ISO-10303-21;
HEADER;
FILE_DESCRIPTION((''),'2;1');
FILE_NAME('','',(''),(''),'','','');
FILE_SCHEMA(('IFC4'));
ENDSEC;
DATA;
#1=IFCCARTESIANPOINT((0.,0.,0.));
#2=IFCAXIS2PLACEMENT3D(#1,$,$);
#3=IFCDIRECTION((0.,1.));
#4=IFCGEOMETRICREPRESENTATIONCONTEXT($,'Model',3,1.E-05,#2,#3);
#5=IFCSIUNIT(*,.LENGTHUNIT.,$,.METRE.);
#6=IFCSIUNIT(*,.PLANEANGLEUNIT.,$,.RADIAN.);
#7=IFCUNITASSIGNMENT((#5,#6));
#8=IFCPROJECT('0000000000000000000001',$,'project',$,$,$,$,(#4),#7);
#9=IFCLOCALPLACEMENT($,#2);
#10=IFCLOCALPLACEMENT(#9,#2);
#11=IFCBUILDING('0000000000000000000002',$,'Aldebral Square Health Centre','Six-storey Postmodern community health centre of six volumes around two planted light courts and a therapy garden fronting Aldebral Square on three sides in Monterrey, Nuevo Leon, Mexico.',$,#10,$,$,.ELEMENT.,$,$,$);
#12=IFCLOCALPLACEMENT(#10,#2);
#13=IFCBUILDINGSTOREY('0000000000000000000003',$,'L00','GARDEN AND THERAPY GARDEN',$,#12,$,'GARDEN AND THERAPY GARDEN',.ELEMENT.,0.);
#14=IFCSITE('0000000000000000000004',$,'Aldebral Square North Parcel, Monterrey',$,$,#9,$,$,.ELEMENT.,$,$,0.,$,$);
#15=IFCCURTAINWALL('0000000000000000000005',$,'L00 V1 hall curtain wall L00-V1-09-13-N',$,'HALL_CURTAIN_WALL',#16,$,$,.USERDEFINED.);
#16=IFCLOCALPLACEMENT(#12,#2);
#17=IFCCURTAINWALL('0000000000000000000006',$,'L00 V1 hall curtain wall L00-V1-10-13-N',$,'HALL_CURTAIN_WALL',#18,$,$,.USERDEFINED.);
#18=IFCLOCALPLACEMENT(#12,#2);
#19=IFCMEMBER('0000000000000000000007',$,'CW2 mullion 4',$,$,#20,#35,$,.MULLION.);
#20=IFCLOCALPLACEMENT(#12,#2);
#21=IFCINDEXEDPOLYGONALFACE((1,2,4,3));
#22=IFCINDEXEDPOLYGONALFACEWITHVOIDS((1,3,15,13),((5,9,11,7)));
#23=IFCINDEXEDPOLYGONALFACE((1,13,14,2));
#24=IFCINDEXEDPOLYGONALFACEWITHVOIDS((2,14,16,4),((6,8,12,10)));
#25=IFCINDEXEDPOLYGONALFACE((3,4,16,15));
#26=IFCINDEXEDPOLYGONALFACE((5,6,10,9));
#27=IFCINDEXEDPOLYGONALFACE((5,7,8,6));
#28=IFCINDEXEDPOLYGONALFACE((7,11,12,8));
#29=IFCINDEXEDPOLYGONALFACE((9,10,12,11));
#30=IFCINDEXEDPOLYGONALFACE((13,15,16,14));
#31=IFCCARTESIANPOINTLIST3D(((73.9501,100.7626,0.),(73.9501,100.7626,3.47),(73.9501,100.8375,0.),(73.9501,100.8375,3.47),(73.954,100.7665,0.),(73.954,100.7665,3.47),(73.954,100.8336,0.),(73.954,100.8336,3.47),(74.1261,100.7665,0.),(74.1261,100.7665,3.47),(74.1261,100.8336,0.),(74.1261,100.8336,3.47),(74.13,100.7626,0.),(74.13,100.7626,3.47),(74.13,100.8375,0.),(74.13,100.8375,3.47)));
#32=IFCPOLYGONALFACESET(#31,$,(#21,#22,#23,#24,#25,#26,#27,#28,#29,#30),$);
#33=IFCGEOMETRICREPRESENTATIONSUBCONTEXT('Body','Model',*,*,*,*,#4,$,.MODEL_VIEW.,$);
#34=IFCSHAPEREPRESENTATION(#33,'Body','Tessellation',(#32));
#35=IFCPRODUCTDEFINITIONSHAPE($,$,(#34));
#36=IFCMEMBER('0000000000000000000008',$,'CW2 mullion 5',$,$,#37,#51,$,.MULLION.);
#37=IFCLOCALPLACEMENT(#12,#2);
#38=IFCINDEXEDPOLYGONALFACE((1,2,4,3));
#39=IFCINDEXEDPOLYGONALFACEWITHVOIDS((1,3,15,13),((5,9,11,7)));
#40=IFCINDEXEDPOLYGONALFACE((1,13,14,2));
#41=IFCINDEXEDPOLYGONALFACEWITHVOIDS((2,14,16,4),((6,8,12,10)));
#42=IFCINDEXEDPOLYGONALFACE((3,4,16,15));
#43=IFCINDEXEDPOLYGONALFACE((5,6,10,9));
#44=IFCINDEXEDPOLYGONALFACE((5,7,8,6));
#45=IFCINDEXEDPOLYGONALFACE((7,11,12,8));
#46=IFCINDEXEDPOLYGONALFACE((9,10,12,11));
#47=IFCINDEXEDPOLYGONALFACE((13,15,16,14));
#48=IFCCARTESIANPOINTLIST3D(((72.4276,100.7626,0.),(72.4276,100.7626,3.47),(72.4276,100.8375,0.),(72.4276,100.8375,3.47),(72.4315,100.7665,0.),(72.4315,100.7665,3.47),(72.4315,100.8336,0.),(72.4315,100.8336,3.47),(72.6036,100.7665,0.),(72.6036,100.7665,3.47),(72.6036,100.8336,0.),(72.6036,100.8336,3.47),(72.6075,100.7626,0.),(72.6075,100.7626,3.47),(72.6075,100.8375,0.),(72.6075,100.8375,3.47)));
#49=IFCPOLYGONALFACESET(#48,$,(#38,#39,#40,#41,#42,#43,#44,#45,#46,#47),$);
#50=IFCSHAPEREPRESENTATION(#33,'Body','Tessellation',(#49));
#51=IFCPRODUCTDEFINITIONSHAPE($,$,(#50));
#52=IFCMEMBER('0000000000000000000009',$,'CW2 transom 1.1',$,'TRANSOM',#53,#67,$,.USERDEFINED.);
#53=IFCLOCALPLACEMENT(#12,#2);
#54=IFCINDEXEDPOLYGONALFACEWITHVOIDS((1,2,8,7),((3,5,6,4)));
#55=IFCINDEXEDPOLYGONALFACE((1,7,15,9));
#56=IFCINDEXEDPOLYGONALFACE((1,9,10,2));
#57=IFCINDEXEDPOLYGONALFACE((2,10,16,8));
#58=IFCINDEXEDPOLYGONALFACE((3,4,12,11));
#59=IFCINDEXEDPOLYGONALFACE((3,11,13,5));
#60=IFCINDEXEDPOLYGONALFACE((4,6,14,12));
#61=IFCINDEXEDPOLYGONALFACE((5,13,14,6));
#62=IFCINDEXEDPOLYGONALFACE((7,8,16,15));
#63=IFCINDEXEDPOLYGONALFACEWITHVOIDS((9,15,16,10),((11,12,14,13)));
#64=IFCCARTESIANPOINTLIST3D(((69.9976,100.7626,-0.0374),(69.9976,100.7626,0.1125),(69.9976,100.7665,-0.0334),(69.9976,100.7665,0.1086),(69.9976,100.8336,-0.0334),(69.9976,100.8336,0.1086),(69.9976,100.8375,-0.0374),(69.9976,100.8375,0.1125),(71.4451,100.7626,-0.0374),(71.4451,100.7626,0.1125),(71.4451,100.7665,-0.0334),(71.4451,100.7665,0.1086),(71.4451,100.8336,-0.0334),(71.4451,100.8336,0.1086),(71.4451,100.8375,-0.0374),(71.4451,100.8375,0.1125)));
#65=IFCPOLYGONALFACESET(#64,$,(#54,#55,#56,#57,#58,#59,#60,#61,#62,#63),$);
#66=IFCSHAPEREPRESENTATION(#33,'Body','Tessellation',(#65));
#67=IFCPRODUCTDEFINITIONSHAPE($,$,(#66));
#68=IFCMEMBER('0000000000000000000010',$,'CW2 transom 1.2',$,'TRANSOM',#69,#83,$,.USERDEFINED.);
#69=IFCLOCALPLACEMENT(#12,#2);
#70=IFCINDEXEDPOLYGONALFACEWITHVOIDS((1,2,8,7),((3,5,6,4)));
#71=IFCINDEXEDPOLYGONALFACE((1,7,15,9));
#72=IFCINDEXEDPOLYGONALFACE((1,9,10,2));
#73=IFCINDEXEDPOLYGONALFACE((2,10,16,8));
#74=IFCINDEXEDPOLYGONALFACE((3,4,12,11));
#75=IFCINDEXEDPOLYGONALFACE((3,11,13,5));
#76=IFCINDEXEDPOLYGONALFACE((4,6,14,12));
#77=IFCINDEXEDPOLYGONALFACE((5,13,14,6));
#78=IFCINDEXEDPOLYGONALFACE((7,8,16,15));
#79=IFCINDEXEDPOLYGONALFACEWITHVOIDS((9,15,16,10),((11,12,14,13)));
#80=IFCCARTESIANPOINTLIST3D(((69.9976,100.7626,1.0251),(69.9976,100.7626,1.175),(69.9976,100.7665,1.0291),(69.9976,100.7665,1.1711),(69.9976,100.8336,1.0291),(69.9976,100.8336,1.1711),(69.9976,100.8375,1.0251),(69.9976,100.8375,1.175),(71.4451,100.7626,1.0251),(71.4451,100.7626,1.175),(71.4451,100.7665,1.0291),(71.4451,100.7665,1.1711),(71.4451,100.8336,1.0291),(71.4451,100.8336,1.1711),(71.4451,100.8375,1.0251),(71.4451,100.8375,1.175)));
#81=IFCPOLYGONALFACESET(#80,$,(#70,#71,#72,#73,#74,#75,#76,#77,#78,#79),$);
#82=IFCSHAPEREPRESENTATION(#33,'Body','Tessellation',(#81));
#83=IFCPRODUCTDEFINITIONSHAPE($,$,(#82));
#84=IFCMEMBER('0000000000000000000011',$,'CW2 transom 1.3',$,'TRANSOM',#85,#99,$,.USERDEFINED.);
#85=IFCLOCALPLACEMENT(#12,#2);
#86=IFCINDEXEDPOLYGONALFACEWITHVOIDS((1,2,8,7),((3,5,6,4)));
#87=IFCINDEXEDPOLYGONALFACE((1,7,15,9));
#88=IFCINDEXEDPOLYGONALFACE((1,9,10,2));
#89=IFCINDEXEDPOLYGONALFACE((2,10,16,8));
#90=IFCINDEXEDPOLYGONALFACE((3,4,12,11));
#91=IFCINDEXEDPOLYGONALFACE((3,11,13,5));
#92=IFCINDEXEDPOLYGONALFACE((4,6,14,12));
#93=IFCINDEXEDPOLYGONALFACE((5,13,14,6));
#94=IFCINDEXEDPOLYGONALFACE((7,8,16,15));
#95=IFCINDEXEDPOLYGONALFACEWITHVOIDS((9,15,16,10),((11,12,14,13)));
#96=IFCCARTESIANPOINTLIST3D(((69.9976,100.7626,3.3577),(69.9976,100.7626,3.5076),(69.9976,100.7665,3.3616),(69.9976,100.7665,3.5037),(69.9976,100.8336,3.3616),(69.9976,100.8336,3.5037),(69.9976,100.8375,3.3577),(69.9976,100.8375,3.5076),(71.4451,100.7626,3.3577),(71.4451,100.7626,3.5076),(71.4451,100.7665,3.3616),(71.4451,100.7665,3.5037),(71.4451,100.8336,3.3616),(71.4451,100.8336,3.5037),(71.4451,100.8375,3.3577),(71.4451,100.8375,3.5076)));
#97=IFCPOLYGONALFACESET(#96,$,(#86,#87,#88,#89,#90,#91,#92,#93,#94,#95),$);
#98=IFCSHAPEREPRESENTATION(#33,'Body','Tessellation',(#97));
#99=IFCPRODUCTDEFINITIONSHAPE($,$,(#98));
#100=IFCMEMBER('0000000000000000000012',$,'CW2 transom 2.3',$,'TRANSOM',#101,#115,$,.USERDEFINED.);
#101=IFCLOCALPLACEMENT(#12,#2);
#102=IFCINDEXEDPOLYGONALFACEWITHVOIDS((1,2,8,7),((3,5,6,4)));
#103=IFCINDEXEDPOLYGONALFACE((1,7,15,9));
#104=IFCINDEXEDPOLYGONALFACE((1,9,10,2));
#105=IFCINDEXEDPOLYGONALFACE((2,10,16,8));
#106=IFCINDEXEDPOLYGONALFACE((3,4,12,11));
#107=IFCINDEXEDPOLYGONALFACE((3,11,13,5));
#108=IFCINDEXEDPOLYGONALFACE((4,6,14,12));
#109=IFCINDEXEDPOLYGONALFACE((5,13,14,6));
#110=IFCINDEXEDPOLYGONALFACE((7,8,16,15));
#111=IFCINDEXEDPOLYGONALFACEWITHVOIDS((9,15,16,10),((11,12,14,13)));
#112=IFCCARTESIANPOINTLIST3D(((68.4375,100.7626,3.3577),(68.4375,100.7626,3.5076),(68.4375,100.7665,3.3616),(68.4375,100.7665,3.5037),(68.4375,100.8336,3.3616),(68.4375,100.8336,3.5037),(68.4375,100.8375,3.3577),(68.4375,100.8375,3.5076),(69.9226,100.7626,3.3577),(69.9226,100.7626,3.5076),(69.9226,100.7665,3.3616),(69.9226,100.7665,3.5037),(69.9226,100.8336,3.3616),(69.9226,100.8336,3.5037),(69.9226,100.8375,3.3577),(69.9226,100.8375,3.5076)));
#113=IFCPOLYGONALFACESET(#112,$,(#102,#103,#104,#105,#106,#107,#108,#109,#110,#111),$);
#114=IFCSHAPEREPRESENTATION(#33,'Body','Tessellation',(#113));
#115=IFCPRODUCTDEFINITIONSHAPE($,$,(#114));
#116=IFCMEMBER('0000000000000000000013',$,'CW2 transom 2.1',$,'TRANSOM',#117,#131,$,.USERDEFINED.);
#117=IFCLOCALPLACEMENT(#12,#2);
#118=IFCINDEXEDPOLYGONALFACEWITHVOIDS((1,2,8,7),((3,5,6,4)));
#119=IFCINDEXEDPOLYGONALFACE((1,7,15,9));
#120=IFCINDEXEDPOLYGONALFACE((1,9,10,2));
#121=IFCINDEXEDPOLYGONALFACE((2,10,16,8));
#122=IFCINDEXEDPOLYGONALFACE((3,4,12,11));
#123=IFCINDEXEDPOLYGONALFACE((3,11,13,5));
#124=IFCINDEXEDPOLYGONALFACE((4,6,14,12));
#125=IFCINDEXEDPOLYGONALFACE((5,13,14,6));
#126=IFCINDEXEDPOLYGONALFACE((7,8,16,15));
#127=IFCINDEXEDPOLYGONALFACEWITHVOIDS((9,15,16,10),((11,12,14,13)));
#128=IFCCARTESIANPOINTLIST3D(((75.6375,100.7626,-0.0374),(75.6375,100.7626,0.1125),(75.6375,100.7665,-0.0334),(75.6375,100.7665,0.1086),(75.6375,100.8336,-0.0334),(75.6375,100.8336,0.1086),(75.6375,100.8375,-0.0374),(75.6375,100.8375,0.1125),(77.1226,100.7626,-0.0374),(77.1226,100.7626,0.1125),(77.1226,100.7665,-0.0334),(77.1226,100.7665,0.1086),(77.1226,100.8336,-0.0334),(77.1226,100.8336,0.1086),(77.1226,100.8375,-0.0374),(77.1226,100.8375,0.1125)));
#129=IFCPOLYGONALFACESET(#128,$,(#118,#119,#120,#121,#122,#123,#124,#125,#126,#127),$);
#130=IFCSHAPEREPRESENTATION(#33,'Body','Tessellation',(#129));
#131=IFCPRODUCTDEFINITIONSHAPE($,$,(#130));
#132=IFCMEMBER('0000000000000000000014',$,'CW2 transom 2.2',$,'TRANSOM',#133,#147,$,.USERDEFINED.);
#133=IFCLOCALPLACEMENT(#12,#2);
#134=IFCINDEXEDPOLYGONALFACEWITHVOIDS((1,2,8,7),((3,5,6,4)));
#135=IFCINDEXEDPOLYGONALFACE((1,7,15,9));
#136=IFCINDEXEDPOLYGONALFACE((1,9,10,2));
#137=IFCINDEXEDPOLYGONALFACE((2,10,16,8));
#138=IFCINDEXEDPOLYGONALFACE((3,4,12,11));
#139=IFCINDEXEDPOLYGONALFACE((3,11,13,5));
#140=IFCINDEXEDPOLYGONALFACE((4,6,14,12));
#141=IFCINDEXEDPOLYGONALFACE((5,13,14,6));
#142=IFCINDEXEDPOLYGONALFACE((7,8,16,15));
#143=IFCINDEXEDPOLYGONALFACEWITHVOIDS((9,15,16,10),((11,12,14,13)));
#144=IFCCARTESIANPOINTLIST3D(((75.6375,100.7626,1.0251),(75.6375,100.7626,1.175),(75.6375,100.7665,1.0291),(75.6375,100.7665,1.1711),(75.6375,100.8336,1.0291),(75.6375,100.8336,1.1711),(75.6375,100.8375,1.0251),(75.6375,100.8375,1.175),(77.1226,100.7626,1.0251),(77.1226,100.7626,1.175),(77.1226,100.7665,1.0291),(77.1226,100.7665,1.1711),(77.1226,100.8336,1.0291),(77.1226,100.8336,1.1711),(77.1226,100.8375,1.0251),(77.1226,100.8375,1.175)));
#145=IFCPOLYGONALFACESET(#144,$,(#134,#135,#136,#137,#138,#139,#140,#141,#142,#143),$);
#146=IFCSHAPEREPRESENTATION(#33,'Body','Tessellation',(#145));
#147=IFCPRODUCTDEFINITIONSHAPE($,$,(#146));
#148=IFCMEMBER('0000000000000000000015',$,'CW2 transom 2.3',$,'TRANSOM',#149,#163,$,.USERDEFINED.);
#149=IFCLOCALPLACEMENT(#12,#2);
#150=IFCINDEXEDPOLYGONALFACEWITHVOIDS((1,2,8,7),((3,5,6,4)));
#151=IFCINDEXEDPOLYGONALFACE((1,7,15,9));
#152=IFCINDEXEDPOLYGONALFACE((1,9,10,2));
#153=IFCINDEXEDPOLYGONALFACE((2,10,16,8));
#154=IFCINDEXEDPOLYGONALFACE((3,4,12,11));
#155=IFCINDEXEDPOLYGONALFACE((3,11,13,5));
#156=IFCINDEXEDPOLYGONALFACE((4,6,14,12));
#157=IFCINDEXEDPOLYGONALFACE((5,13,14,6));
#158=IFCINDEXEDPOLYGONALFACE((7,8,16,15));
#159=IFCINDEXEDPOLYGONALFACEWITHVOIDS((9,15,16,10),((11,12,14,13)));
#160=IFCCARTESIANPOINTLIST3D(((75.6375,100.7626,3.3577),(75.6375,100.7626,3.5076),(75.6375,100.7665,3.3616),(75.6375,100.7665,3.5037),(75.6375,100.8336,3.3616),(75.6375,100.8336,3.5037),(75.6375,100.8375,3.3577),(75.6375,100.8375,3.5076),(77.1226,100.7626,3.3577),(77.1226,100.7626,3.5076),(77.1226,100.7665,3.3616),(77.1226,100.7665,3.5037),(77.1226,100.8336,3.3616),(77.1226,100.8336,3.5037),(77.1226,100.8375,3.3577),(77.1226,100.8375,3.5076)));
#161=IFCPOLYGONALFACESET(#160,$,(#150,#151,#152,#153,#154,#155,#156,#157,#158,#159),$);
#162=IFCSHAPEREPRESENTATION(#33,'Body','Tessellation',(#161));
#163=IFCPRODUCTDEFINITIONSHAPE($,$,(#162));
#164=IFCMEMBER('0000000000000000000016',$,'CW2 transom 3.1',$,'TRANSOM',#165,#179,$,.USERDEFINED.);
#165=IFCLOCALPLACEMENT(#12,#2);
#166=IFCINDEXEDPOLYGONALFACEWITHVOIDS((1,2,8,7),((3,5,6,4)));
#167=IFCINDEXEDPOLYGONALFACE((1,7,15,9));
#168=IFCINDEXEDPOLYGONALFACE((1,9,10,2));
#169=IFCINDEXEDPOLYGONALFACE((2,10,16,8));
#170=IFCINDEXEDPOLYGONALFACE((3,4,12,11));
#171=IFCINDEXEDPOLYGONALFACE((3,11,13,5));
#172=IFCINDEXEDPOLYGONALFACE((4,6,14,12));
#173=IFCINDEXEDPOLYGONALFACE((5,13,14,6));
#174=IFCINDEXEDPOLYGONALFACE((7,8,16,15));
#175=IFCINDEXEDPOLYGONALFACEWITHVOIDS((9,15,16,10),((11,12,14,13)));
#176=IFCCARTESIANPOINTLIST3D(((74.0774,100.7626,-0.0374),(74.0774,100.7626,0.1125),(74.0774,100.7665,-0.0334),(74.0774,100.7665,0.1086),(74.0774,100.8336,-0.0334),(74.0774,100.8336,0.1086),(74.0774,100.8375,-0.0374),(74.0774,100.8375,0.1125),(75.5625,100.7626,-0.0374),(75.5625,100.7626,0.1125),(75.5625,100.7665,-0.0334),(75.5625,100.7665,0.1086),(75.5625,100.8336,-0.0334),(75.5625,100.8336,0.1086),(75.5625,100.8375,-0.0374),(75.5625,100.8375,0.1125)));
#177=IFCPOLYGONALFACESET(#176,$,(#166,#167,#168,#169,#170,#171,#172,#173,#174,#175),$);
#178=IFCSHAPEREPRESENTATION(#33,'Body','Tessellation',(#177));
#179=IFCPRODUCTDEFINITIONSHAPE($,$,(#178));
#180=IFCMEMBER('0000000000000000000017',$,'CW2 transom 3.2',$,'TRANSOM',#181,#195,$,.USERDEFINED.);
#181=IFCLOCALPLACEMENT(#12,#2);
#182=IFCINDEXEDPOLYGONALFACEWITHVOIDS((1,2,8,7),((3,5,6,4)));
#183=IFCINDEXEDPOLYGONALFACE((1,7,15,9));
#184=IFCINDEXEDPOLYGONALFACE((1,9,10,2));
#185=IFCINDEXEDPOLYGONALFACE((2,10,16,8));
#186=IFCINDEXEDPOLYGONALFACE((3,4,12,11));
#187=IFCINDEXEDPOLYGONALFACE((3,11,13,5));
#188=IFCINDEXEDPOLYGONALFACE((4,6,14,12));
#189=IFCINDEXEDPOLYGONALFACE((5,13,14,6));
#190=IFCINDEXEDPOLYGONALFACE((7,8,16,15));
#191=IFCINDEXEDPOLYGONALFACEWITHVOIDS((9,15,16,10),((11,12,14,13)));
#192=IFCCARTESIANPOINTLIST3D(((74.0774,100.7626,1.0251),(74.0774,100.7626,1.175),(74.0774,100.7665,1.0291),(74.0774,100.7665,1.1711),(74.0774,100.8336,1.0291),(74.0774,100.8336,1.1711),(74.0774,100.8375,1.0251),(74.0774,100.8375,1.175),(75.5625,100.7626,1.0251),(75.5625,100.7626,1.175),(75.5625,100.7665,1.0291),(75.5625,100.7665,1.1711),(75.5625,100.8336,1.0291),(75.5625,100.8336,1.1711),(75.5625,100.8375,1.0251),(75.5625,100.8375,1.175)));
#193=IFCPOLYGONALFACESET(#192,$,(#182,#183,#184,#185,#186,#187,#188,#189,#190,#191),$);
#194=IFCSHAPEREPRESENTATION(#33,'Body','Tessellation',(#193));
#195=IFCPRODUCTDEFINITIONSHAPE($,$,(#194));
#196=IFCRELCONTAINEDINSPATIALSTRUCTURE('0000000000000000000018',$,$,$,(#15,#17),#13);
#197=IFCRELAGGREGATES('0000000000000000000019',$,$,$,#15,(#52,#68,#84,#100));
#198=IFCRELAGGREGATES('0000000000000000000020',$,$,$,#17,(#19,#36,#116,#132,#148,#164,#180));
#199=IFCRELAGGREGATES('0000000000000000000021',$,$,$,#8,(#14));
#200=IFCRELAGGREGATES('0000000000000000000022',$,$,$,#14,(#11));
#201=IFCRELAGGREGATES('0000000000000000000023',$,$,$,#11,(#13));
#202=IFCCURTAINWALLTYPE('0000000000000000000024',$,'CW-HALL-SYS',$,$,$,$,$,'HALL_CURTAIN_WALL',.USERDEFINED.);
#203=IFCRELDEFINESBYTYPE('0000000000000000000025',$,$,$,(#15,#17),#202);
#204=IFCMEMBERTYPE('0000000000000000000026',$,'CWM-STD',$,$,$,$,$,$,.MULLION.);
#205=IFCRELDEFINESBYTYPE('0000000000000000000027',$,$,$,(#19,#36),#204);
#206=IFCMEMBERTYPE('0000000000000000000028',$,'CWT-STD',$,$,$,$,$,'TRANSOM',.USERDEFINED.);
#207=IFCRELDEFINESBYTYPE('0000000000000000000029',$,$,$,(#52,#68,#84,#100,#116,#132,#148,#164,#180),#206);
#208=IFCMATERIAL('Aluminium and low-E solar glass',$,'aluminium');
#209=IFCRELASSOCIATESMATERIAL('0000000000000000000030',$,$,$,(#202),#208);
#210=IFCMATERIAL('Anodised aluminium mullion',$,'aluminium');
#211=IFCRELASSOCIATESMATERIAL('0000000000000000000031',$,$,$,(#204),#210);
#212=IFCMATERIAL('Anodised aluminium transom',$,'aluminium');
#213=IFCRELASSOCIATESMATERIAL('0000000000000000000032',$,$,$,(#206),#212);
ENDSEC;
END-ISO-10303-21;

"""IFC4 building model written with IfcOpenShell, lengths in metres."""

from ifc_helpers import new_model, si_unit, direction, frame, origin, origin_2d, place, context, subcontext, project, spatial, hollow_rectangle, extrude, material, material_profile, profile_set, type_object, element, aggregate, save


model = new_model("IFC4")

# Units and contexts
model_context = context("Model", 3, precision=1e-05, world=origin(), true_north=direction((0.0, 1.0)))
body_context = subcontext(model_context, "Body", "Model", "MODEL_VIEW")
ifc_project = project(units=[si_unit("LENGTHUNIT", "METRE"), si_unit("PLANEANGLEUNIT", "RADIAN")], contexts=[model_context])

# Site, building, storey
site_placement = place(None, origin())
site = spatial("IfcSite", under=ifc_project, at=site_placement, Name="Aldebral Square North Parcel, Monterrey", CompositionType="ELEMENT", RefElevation=0.0)
building_placement = place(site_placement, origin())
building = spatial("IfcBuilding", under=site, at=building_placement, Name="Aldebral Square Health Centre", Description="Six-storey Postmodern community health centre of six volumes around two planted light courts and a therapy garden fronting Aldebral Square on three sides in Monterrey, Nuevo Leon, Mexico.", CompositionType="ELEMENT")
storey_placement = place(building_placement, origin())
storey = spatial("IfcBuildingStorey", under=building, at=storey_placement, Name="L00", Description="GARDEN AND THERAPY GARDEN", LongName="GARDEN AND THERAPY GARDEN", CompositionType="ELEMENT", Elevation=0.0)

# Curtain walls, members
ifc_material_1 = material(Name="Aluminium and low-E solar glass", Category="aluminium")
curtain_wall_type = type_object("IfcCurtainWallType", Name="CW-HALL-SYS", ElementType="HALL_CURTAIN_WALL", PredefinedType="USERDEFINED", material=ifc_material_1)
curtain_wall_1_placement = place(storey_placement, origin())
curtain_wall_1 = element("IfcCurtainWall", 1, at=curtain_wall_1_placement, inside=storey, type_object=curtain_wall_type, Name="L00 V1 hall curtain wall L00-V1-09-13-N", ObjectType="HALL_CURTAIN_WALL", PredefinedType="USERDEFINED")
ifc_material_2 = material(Name="Anodised aluminium mullion", Category="aluminium")
ifc_material_profile_1 = material_profile(ifc_material_2, hollow_rectangle(XDim=0.075, YDim=0.1799, WallThickness=0.0039, at=origin_2d()), Name="CWM 75x180x4")
ifc_profile_set_1 = profile_set([ifc_material_profile_1], Name="Anodised aluminium mullion")
member_type_1 = type_object("IfcMemberType", Name="CWM-STD", PredefinedType="MULLION", material=ifc_profile_set_1)
curtain_wall_2_placement = place(storey_placement, origin())
curtain_wall_2 = element("IfcCurtainWall", 2, at=curtain_wall_2_placement, inside=storey, type_object=curtain_wall_type, Name="L00 V1 hall curtain wall L00-V1-10-13-N", ObjectType="HALL_CURTAIN_WALL", PredefinedType="USERDEFINED")
member_1_placement = place(storey_placement, frame((74.04, 100.8, 0.0), z_axis=(0.0, 0.0, 1.0), x_axis=(0.0, -1.0, 0.0)))
member_1 = element("IfcMember", 3, at=member_1_placement, type_object=member_type_1, Name="CW2 mullion 4", PredefinedType="MULLION", context=body_context, shape_type="SweptSolid", body=[
    extrude(hollow_rectangle(XDim=0.075, YDim=0.1799, WallThickness=0.0039, at=origin_2d()), origin(), (0.0, 0.0, 1.0), 3.47),
])
member_2_placement = place(storey_placement, frame((72.5176, 100.8, 0.0), z_axis=(0.0, 0.0, 1.0), x_axis=(0.0, -1.0, 0.0)))
member_2 = element("IfcMember", 4, at=member_2_placement, type_object=member_type_1, Name="CW2 mullion 5", PredefinedType="MULLION", context=body_context, shape_type="SweptSolid", body=[
    extrude(hollow_rectangle(XDim=0.075, YDim=0.1799, WallThickness=0.0039, at=origin_2d()), origin(), (0.0, 0.0, 1.0), 3.47),
])

# Members
ifc_material_3 = material(Name="Anodised aluminium transom", Category="aluminium")
ifc_material_profile_2 = material_profile(ifc_material_3, hollow_rectangle(XDim=0.075, YDim=0.1499, WallThickness=0.0039, at=origin_2d()), Name="CWT 75x150x4")
ifc_profile_set_2 = profile_set([ifc_material_profile_2], Name="Anodised aluminium transom")
member_type_2 = type_object("IfcMemberType", Name="CWT-STD", ElementType="TRANSOM", PredefinedType="USERDEFINED", material=ifc_profile_set_2)
member_3_placement = place(storey_placement, frame((71.4451, 100.8, 0.0376), z_axis=(-1.0, 0.0, 0.0), x_axis=(0.0, -1.0, 0.0)))
member_3 = element("IfcMember", 5, at=member_3_placement, type_object=member_type_2, Name="CW2 transom 1.1", ObjectType="TRANSOM", PredefinedType="USERDEFINED", context=body_context, shape_type="SweptSolid", body=[
    extrude(hollow_rectangle(XDim=0.075, YDim=0.1499, WallThickness=0.0039, at=origin_2d()), origin(), (0.0, 0.0, 1.0), 1.4475),
])
member_4_placement = place(storey_placement, frame((71.4451, 100.8, 1.1001), z_axis=(-1.0, 0.0, 0.0), x_axis=(0.0, -1.0, 0.0)))
member_4 = element("IfcMember", 6, at=member_4_placement, type_object=member_type_2, Name="CW2 transom 1.2", ObjectType="TRANSOM", PredefinedType="USERDEFINED", context=body_context, shape_type="SweptSolid", body=[
    extrude(hollow_rectangle(XDim=0.075, YDim=0.1499, WallThickness=0.0039, at=origin_2d()), origin(), (0.0, 0.0, 1.0), 1.4475),
])
member_5_placement = place(storey_placement, frame((71.4451, 100.8, 3.4326), z_axis=(-1.0, 0.0, 0.0), x_axis=(0.0, -1.0, 0.0)))
member_5 = element("IfcMember", 7, at=member_5_placement, type_object=member_type_2, Name="CW2 transom 1.3", ObjectType="TRANSOM", PredefinedType="USERDEFINED", context=body_context, shape_type="SweptSolid", body=[
    extrude(hollow_rectangle(XDim=0.075, YDim=0.1499, WallThickness=0.0039, at=origin_2d()), origin(), (0.0, 0.0, 1.0), 1.4475),
])
member_6_placement = place(storey_placement, frame((69.9226, 100.8, 3.4326), z_axis=(-1.0, 0.0, 0.0), x_axis=(0.0, -1.0, 0.0)))
member_6 = element("IfcMember", 8, at=member_6_placement, type_object=member_type_2, Name="CW2 transom 2.3", ObjectType="TRANSOM", PredefinedType="USERDEFINED", context=body_context, shape_type="SweptSolid", body=[
    extrude(hollow_rectangle(XDim=0.075, YDim=0.1499, WallThickness=0.0039, at=origin_2d()), origin(), (0.0, 0.0, 1.0), 1.4851),
])
member_7_placement = place(storey_placement, frame((77.1226, 100.8, 0.0376), z_axis=(-1.0, 0.0, 0.0), x_axis=(0.0, -1.0, 0.0)))
member_7 = element("IfcMember", 9, at=member_7_placement, type_object=member_type_2, Name="CW2 transom 2.1", ObjectType="TRANSOM", PredefinedType="USERDEFINED", context=body_context, shape_type="SweptSolid", body=[
    extrude(hollow_rectangle(XDim=0.075, YDim=0.1499, WallThickness=0.0039, at=origin_2d()), origin(), (0.0, 0.0, 1.0), 1.4851),
])
member_8_placement = place(storey_placement, frame((77.1226, 100.8, 1.1001), z_axis=(-1.0, 0.0, 0.0), x_axis=(0.0, -1.0, 0.0)))
member_8 = element("IfcMember", 10, at=member_8_placement, type_object=member_type_2, Name="CW2 transom 2.2", ObjectType="TRANSOM", PredefinedType="USERDEFINED", context=body_context, shape_type="SweptSolid", body=[
    extrude(hollow_rectangle(XDim=0.075, YDim=0.1499, WallThickness=0.0039, at=origin_2d()), origin(), (0.0, 0.0, 1.0), 1.4851),
])
member_9_placement = place(storey_placement, frame((77.1226, 100.8, 3.4326), z_axis=(-1.0, 0.0, 0.0), x_axis=(0.0, -1.0, 0.0)))
member_9 = element("IfcMember", 11, at=member_9_placement, type_object=member_type_2, Name="CW2 transom 2.3", ObjectType="TRANSOM", PredefinedType="USERDEFINED", context=body_context, shape_type="SweptSolid", body=[
    extrude(hollow_rectangle(XDim=0.075, YDim=0.1499, WallThickness=0.0039, at=origin_2d()), origin(), (0.0, 0.0, 1.0), 1.4851),
])
member_10_placement = place(storey_placement, frame((75.5625, 100.8, 0.0376), z_axis=(-1.0, 0.0, 0.0), x_axis=(0.0, -1.0, 0.0)))
member_10 = element("IfcMember", 12, at=member_10_placement, type_object=member_type_2, Name="CW2 transom 3.1", ObjectType="TRANSOM", PredefinedType="USERDEFINED", context=body_context, shape_type="SweptSolid", body=[
    extrude(hollow_rectangle(XDim=0.075, YDim=0.1499, WallThickness=0.0039, at=origin_2d()), origin(), (0.0, 0.0, 1.0), 1.4851),
])
member_11_placement = place(storey_placement, frame((75.5625, 100.8, 1.1001), z_axis=(-1.0, 0.0, 0.0), x_axis=(0.0, -1.0, 0.0)))
member_11 = element("IfcMember", 13, at=member_11_placement, type_object=member_type_2, Name="CW2 transom 3.2", ObjectType="TRANSOM", PredefinedType="USERDEFINED", context=body_context, shape_type="SweptSolid", body=[
    extrude(hollow_rectangle(XDim=0.075, YDim=0.1499, WallThickness=0.0039, at=origin_2d()), origin(), (0.0, 0.0, 1.0), 1.4851),
])

aggregate(curtain_wall_1, [member_3, member_4, member_5, member_6])
aggregate(curtain_wall_2, [member_1, member_2, member_7, member_8, member_9, member_10, member_11])

save(model, "model.ifc")
